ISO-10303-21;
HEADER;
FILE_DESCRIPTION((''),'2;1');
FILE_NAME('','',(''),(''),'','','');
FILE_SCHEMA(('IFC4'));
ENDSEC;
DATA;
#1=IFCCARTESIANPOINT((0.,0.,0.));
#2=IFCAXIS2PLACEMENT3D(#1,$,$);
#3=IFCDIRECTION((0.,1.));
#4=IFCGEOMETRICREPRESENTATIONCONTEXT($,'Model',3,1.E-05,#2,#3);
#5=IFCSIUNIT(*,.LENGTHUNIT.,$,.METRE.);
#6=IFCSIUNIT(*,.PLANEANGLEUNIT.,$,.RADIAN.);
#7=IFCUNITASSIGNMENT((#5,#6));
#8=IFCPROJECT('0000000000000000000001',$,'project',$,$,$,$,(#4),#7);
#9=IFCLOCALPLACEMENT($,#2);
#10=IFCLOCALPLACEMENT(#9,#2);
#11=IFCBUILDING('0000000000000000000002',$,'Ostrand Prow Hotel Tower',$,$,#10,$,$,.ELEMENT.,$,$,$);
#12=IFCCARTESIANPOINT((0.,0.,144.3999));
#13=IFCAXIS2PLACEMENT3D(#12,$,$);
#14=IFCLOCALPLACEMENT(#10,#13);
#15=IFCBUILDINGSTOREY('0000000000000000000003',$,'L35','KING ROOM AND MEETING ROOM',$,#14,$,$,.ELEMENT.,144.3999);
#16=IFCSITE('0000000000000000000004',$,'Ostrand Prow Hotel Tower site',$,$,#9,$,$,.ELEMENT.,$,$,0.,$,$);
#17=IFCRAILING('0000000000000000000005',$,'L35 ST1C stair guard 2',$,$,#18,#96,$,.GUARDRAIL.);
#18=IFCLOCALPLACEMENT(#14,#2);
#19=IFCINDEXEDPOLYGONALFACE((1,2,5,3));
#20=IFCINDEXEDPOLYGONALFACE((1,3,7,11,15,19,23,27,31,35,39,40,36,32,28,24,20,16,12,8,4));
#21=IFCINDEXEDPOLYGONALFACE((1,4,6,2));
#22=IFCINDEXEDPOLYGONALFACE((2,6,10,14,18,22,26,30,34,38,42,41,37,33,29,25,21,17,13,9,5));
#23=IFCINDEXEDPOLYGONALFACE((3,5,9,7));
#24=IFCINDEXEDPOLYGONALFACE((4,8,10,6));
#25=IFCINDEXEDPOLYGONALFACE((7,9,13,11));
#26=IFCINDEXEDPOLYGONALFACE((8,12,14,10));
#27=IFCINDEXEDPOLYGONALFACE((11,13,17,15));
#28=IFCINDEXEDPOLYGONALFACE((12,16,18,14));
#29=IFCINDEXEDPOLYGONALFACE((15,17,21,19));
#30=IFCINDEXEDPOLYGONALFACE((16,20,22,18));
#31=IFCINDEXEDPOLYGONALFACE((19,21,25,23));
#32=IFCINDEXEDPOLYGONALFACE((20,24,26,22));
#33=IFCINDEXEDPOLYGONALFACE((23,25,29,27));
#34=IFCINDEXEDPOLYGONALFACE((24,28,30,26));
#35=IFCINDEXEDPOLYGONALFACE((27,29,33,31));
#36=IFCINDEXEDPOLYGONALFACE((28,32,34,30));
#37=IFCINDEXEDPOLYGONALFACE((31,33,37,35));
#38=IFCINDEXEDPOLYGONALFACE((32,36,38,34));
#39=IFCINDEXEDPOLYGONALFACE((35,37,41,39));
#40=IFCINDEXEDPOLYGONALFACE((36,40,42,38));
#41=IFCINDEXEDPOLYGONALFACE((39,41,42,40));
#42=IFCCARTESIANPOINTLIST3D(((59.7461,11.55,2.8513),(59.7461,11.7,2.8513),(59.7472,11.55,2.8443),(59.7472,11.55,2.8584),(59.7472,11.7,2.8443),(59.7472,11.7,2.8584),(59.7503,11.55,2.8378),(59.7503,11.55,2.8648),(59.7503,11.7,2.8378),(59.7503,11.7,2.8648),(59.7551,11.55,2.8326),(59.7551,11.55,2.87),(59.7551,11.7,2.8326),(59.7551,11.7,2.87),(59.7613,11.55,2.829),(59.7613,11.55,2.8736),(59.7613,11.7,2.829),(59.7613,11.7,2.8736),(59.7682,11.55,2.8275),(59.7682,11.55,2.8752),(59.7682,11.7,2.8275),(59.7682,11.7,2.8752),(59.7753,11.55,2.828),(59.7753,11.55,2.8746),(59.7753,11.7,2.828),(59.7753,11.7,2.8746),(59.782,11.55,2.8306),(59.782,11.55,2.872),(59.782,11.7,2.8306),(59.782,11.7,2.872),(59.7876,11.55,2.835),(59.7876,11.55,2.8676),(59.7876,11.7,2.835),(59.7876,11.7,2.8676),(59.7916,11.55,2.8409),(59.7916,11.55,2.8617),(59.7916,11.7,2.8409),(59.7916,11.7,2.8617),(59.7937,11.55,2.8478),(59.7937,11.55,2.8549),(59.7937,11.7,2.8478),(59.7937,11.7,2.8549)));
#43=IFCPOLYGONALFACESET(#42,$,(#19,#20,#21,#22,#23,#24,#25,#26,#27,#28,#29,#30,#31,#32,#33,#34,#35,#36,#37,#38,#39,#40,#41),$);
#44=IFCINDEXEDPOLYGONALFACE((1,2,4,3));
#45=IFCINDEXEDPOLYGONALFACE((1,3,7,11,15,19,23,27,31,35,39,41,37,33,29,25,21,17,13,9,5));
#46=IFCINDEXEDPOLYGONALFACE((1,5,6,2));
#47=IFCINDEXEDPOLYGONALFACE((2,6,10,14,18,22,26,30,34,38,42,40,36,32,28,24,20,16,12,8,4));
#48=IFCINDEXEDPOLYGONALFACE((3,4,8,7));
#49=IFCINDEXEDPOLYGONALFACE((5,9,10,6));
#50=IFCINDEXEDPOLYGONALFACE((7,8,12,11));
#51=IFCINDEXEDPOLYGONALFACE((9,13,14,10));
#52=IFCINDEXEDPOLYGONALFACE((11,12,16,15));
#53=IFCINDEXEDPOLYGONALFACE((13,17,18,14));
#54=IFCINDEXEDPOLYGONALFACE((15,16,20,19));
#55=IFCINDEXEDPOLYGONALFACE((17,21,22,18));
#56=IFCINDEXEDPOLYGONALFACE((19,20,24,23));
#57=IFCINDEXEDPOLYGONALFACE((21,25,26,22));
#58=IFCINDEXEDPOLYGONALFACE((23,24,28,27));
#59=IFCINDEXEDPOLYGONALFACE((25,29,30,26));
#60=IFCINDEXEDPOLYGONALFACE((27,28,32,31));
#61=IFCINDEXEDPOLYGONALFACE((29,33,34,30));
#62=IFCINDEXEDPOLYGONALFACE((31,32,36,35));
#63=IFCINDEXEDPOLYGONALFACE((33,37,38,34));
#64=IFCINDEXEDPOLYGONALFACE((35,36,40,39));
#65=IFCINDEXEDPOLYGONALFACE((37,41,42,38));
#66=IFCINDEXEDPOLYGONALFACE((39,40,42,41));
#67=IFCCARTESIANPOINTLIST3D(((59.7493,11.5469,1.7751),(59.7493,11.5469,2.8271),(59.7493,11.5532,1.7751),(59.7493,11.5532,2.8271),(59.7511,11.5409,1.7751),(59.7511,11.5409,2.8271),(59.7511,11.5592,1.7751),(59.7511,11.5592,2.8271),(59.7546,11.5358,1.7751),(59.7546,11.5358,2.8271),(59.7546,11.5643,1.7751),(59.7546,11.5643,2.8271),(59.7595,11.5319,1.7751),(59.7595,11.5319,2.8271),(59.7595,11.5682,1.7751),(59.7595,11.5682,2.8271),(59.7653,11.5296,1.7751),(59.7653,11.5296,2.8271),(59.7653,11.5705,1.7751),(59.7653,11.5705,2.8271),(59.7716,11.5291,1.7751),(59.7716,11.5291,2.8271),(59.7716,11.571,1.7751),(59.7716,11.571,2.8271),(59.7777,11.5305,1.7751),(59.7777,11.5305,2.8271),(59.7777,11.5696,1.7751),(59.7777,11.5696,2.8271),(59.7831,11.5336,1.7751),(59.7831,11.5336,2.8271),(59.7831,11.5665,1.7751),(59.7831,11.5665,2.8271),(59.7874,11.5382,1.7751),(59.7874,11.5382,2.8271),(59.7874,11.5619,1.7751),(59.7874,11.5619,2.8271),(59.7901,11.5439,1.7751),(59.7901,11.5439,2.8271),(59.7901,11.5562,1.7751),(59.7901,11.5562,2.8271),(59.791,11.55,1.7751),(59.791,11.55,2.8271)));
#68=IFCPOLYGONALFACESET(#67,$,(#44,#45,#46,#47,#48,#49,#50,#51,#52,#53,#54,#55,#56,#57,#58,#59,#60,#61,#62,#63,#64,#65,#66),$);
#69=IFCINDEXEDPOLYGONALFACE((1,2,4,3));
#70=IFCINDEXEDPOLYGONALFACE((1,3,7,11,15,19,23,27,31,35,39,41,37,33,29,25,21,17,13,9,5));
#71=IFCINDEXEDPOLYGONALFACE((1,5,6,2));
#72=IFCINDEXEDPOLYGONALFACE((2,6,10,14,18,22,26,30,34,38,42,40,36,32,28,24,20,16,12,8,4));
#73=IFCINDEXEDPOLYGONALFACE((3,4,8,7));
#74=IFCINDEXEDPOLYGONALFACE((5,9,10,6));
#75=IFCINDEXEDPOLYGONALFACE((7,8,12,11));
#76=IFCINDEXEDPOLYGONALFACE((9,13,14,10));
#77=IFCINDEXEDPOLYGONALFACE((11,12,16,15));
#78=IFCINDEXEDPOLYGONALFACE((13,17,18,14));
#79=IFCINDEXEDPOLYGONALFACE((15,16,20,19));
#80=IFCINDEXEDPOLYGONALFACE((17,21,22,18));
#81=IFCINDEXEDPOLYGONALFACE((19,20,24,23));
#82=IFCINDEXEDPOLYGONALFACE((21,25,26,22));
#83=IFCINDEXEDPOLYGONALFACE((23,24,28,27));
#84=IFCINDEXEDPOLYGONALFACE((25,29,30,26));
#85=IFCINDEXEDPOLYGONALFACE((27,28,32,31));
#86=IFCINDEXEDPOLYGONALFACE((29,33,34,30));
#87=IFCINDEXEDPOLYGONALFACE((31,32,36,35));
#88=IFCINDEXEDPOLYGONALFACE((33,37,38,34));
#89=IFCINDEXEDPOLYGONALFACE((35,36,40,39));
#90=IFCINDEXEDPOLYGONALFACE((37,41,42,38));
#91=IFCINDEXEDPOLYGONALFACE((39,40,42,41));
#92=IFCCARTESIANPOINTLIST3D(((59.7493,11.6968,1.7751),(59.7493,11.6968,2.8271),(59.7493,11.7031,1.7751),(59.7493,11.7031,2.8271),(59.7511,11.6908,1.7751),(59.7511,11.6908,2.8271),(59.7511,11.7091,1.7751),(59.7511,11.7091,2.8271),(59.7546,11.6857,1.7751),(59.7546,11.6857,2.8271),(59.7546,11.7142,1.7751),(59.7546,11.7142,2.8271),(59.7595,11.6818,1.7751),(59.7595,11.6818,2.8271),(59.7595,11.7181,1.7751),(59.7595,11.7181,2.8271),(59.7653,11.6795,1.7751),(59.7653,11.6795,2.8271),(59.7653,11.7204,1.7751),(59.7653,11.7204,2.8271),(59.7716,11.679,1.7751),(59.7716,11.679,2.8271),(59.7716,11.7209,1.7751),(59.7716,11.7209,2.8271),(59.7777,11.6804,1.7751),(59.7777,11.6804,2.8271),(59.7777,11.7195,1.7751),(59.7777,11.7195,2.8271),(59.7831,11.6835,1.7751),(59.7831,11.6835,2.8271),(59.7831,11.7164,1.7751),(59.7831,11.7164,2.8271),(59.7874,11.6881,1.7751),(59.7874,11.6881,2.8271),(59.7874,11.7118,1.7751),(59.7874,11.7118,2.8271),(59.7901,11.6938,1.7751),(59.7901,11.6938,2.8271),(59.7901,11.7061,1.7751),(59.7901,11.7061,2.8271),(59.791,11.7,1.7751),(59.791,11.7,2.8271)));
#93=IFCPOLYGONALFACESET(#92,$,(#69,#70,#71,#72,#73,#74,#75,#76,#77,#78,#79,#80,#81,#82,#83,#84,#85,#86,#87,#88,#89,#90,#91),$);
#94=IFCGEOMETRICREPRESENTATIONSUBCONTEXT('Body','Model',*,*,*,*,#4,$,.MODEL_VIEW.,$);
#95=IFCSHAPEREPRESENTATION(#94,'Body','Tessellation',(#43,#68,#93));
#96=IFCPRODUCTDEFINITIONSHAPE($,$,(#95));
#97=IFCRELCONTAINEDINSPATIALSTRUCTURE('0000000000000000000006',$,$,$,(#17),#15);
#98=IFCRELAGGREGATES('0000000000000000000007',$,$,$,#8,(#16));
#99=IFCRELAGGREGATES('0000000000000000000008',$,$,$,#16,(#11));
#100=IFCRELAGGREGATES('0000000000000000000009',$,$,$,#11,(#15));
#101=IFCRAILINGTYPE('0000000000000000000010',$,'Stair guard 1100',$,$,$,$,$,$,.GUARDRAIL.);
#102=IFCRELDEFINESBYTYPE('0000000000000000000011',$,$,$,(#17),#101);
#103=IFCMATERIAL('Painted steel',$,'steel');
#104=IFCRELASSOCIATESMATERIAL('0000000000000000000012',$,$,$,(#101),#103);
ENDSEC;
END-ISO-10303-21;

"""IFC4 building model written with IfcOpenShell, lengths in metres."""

from ifc_helpers import new_model, si_unit, direction, frame, origin, origin_2d, place, context, subcontext, project, spatial, circle, extrude, material, type_object, element, save


model = new_model("IFC4")

# Units and contexts
model_context = context("Model", 3, precision=1e-05, world=origin(), true_north=direction((0.0, 1.0)))
body_context = subcontext(model_context, "Body", "Model", "MODEL_VIEW")
ifc_project = project(units=[si_unit("LENGTHUNIT", "METRE"), si_unit("PLANEANGLEUNIT", "RADIAN")], contexts=[model_context])

# Site, building, storey
site_placement = place(None, origin())
site = spatial("IfcSite", under=ifc_project, at=site_placement, Name="Ostrand Prow Hotel Tower site", CompositionType="ELEMENT", RefElevation=0.0)
building_placement = place(site_placement, origin())
building = spatial("IfcBuilding", under=site, at=building_placement, Name="Ostrand Prow Hotel Tower", CompositionType="ELEMENT")
storey_placement = place(building_placement, frame((0.0, 0.0, 144.3999)))
storey = spatial("IfcBuildingStorey", under=building, at=storey_placement, Name="L35", Description="KING ROOM AND MEETING ROOM", CompositionType="ELEMENT", Elevation=144.3999)

# Railing
ifc_material_1 = material(Name="Painted steel", Category="steel")
railing_type_1 = type_object("IfcRailingType", Name="Stair guard 1100", PredefinedType="GUARDRAIL", material=ifc_material_1)
railing_1_placement = place(storey_placement, frame((59.77, 11.55, 1.7751)))
element("IfcRailing", 1, at=railing_1_placement, inside=storey, type_object=railing_type_1, Name="L35 ST1C stair guard 2", PredefinedType="GUARDRAIL", context=body_context, shape_type="SweptSolid", body=[
    extrude(circle(Radius=0.0239, at=origin_2d()), frame((0.0, 0.0, 1.0762), z_axis=(0.0, 1.0, 0.0), x_axis=(-1.0, 0.0, 0.0)), (0.0, 0.0, 1.0), 0.1499),
    extrude(circle(Radius=0.021, at=origin_2d()), origin(), (0.0, 0.0, 1.0), 1.052),
    extrude(circle(Radius=0.021, at=origin_2d()), frame((0.0, 0.1499, 0.0)), (0.0, 0.0, 1.0), 1.052),
])

save(model, "model.ifc")
